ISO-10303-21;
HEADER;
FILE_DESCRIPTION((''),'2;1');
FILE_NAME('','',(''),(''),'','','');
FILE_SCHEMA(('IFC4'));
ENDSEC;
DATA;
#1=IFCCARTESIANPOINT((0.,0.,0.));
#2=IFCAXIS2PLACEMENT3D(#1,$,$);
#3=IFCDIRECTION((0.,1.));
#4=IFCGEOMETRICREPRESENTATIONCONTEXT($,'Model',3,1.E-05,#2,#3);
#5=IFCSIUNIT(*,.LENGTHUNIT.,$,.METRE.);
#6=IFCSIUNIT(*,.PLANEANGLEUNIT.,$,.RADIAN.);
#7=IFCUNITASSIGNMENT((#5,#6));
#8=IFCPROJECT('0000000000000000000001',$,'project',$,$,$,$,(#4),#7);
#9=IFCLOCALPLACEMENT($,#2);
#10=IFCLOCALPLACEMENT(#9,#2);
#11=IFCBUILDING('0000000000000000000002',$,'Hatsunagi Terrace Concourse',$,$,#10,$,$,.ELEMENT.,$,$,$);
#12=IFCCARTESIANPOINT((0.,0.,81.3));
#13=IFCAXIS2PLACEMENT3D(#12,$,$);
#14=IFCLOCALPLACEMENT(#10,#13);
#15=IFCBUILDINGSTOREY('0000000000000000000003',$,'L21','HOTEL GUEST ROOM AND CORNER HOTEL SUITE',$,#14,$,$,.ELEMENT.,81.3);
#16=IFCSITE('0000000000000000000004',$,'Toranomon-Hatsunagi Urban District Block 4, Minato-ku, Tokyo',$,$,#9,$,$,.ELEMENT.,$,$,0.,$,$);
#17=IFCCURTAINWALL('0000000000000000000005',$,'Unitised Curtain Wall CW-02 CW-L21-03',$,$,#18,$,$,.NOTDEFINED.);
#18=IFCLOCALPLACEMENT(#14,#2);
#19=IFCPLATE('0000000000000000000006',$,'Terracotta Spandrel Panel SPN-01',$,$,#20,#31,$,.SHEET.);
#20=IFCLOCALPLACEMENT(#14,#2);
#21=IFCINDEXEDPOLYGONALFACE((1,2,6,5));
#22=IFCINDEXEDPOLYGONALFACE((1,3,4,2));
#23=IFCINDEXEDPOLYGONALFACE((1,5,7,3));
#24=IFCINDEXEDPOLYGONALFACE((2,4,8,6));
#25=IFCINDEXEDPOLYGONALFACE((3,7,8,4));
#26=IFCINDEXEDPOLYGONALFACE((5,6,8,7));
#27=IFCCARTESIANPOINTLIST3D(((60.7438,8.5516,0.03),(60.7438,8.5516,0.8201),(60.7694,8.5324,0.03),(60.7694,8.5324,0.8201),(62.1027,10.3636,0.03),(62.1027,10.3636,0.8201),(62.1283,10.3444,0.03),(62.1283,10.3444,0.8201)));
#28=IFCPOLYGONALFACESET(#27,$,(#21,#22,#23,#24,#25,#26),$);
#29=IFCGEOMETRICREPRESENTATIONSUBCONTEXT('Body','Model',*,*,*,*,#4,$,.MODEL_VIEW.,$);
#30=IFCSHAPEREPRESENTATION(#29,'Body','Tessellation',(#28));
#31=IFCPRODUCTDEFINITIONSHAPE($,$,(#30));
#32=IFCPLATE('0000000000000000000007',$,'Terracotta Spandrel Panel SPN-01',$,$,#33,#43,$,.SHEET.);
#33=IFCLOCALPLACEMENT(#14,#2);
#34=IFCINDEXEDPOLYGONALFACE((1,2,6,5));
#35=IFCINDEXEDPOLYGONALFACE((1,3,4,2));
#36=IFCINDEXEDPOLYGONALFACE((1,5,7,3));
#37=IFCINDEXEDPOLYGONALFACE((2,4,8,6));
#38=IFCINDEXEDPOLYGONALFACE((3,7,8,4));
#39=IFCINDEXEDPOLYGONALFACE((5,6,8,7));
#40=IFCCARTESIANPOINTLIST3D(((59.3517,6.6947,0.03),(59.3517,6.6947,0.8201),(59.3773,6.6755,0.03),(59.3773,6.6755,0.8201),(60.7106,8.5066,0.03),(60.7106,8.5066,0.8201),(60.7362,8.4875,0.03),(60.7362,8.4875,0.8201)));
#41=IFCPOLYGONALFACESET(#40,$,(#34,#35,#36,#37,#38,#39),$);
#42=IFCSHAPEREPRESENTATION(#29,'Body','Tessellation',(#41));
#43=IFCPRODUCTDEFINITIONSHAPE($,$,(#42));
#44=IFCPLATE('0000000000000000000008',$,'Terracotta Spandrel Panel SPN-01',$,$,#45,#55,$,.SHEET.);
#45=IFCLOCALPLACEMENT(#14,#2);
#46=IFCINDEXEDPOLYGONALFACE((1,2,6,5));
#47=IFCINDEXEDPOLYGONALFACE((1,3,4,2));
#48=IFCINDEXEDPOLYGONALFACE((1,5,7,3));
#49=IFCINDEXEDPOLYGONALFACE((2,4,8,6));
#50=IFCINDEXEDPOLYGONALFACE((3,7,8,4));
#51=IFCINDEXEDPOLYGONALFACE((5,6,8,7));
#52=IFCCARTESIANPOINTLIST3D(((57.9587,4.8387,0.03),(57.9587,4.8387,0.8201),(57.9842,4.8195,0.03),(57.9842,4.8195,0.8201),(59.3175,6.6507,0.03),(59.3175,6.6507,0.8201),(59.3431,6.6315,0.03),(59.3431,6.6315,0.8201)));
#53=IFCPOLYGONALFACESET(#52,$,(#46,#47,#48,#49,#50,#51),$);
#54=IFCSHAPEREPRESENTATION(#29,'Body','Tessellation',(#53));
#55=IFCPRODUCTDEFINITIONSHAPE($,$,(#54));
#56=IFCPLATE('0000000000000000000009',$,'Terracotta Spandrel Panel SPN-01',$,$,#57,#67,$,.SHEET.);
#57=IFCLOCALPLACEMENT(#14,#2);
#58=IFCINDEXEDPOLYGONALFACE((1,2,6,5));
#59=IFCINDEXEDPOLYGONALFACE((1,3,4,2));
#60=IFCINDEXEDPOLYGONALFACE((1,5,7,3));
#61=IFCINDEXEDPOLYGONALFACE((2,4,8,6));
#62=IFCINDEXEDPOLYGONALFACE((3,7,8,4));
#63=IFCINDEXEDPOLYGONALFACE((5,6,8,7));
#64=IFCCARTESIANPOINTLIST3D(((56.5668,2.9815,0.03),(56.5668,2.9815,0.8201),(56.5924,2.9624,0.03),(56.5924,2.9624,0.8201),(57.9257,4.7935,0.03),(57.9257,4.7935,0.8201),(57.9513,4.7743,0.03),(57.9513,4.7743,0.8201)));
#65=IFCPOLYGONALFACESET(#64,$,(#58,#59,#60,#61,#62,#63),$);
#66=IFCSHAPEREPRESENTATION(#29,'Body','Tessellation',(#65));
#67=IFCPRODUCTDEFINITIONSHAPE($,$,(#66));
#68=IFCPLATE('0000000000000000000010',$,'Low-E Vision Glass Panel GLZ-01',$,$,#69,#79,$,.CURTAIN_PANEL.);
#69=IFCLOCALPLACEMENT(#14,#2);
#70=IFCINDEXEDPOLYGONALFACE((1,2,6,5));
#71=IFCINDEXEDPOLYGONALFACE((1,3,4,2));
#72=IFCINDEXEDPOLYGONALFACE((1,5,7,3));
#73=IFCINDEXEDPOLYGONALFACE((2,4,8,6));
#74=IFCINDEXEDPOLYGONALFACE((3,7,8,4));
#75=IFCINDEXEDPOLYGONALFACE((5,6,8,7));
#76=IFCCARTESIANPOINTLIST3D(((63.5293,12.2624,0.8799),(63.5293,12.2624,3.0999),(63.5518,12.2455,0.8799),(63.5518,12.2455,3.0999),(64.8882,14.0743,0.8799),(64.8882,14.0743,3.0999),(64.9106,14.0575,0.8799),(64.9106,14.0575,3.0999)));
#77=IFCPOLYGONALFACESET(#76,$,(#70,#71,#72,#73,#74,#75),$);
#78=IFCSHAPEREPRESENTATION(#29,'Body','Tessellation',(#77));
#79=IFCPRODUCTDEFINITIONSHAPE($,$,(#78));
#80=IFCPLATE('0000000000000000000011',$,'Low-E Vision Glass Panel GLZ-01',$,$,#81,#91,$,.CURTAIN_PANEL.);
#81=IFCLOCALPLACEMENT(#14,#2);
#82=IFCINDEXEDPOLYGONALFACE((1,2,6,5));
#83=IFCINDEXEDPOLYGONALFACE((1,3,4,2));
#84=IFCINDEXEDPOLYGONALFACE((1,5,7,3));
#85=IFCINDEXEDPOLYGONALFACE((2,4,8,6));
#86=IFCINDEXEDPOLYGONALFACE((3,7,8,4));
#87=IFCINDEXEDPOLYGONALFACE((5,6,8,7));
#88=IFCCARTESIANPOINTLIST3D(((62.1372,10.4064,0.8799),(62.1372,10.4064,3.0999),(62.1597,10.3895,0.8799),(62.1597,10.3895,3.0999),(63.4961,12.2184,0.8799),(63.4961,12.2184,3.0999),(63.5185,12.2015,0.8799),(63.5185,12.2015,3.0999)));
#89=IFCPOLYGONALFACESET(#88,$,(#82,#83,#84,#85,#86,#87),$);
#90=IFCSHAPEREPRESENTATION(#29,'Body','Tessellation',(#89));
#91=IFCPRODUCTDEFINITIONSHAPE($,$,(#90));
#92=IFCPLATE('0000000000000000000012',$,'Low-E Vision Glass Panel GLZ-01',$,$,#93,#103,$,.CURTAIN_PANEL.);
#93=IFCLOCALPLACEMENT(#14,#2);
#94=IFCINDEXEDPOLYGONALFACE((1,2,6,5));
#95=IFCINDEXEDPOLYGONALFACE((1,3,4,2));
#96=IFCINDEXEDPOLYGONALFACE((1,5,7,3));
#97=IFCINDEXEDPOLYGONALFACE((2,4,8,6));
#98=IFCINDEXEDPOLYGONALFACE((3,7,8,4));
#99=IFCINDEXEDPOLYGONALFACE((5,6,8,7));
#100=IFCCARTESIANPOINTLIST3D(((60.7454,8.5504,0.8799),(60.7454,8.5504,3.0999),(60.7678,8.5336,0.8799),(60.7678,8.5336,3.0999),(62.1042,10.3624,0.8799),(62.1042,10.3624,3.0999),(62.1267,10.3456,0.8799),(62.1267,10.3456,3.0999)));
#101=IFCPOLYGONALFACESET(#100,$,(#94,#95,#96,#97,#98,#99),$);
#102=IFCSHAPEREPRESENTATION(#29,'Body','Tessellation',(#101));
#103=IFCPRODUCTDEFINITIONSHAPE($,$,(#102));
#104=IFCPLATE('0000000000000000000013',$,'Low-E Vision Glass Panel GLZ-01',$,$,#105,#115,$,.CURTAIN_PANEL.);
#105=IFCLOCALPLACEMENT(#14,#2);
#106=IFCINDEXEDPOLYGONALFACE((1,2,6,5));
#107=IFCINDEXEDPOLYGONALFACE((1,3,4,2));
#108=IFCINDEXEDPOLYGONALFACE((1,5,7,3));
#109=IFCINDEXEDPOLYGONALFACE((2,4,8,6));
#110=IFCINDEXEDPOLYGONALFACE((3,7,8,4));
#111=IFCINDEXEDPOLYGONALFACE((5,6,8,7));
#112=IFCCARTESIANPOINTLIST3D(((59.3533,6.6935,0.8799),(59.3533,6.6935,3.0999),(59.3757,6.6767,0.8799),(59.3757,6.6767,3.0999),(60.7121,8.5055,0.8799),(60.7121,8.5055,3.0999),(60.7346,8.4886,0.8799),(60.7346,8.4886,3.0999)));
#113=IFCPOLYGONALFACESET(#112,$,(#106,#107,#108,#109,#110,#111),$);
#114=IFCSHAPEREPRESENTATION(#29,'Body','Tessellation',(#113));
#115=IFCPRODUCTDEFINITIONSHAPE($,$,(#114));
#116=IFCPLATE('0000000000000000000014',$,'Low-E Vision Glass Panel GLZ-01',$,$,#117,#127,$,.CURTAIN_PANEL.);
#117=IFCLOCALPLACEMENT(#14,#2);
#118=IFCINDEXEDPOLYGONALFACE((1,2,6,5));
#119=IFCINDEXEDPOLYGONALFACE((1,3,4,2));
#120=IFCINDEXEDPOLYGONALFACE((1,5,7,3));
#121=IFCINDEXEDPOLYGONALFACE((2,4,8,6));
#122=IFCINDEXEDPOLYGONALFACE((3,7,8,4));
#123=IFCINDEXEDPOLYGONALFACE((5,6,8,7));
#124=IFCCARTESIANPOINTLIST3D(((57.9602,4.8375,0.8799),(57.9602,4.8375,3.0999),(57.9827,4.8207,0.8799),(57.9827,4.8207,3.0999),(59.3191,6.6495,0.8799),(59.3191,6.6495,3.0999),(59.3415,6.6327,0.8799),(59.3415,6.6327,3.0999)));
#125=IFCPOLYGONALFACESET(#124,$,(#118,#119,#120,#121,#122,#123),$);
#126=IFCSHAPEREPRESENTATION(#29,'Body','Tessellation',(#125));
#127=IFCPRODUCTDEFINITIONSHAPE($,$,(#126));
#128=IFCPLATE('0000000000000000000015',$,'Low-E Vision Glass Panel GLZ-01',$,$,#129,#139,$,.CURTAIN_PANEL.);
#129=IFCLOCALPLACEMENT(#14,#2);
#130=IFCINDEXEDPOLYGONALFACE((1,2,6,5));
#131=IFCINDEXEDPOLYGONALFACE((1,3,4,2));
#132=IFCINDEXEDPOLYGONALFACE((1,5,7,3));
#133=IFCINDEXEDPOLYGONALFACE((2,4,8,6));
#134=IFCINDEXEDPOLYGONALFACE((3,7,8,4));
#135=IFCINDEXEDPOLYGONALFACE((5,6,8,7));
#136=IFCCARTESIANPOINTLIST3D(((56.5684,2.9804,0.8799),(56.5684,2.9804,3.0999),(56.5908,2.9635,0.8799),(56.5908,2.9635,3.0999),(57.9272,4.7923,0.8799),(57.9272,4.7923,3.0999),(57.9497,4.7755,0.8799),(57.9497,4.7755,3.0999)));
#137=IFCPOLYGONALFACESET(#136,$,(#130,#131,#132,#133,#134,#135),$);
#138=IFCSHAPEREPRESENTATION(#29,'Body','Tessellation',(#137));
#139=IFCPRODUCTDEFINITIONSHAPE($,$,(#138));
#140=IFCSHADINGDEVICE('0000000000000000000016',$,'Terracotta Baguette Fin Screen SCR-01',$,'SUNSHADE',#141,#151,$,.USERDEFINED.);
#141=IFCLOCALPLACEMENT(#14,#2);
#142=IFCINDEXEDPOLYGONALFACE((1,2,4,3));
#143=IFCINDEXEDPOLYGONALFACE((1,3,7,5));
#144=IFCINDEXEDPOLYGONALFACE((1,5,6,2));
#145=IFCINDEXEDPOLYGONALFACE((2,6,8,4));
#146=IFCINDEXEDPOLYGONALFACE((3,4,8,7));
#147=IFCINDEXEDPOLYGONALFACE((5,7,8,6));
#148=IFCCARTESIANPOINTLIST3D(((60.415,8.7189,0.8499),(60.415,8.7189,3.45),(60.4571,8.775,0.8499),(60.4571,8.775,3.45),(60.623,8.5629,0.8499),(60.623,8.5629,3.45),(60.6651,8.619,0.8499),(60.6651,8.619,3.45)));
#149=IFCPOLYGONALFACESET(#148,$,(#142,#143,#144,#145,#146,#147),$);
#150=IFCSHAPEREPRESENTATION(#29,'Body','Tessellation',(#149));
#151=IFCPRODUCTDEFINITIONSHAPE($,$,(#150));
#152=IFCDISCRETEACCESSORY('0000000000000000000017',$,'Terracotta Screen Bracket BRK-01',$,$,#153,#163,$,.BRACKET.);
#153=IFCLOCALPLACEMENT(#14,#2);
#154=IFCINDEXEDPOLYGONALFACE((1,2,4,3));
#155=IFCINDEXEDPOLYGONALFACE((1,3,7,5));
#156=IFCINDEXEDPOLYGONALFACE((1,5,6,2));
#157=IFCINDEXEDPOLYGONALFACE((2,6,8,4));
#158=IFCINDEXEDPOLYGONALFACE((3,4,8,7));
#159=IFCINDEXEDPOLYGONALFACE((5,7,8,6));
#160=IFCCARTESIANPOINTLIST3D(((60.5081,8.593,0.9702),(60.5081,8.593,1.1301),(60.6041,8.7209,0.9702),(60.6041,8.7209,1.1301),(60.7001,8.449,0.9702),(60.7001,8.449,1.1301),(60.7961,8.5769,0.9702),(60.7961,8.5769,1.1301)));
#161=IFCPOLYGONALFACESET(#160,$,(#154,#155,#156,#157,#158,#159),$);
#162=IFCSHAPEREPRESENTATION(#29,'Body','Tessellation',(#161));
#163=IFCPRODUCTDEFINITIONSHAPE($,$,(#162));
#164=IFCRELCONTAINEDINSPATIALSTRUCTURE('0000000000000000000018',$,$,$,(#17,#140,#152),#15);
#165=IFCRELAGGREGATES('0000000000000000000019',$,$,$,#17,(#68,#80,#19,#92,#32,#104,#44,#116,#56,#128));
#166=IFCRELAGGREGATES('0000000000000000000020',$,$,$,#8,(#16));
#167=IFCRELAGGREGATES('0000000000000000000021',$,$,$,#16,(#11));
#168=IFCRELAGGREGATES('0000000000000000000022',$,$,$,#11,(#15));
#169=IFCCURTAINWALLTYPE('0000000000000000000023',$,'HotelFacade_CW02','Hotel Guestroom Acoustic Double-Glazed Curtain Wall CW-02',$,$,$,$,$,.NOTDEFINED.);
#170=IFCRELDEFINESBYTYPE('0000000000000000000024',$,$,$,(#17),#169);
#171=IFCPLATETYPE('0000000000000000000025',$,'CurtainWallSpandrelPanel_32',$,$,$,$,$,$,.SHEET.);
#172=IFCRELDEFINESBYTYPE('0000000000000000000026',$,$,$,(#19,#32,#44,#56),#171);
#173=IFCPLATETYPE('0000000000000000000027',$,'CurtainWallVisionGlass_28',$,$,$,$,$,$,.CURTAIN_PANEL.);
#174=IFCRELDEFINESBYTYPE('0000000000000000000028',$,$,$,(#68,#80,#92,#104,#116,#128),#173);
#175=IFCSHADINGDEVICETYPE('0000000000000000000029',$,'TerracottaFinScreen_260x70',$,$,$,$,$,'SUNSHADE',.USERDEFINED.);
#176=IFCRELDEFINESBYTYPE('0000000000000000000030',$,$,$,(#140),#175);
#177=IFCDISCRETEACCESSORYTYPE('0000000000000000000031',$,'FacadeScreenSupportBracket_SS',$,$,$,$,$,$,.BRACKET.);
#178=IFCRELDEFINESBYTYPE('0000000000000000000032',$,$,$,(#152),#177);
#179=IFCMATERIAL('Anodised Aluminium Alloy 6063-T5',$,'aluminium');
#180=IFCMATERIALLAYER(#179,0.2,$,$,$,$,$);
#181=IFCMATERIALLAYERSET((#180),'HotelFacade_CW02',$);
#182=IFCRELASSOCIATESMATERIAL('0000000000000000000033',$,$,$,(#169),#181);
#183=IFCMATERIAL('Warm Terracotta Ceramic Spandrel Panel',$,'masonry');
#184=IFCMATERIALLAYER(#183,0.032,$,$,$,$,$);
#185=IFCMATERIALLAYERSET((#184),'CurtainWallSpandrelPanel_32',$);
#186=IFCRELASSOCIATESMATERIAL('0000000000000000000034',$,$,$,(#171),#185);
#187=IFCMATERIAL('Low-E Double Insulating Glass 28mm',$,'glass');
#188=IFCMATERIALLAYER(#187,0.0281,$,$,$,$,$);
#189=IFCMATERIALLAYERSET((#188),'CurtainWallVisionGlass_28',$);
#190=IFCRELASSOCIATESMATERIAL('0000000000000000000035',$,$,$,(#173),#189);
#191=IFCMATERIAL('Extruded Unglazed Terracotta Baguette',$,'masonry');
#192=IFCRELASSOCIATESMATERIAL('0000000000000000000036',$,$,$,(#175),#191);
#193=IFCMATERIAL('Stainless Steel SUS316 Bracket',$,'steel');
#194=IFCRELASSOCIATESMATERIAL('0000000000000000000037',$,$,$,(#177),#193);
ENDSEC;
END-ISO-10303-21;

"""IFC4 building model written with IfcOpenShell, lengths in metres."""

from ifc_helpers import new_model, si_unit, direction, frame, origin, origin_2d, place, context, subcontext, project, spatial, rectangle, extrude, material, layer, layer_set, type_object, element, aggregate, save


model = new_model("IFC4")

# Units and contexts
model_context = context("Model", 3, precision=1e-05, world=origin(), true_north=direction((0.0, 1.0)))
body_context = subcontext(model_context, "Body", "Model", "MODEL_VIEW")
ifc_project = project(units=[si_unit("LENGTHUNIT", "METRE"), si_unit("PLANEANGLEUNIT", "RADIAN")], contexts=[model_context])

# Site, building, storey
site_placement = place(None, origin())
site = spatial("IfcSite", under=ifc_project, at=site_placement, Name="Toranomon-Hatsunagi Urban District Block 4, Minato-ku, Tokyo", CompositionType="ELEMENT", RefElevation=0.0)
building_placement = place(site_placement, origin())
building = spatial("IfcBuilding", under=site, at=building_placement, Name="Hatsunagi Terrace Concourse", CompositionType="ELEMENT")
storey_placement = place(building_placement, frame((0.0, 0.0, 81.3)))
storey = spatial("IfcBuildingStorey", under=building, at=storey_placement, Name="L21", Description="HOTEL GUEST ROOM AND CORNER HOTEL SUITE", CompositionType="ELEMENT", Elevation=81.3)

# Curtain wall
ifc_material_1 = material(Name="Anodised Aluminium Alloy 6063-T5", Category="aluminium")
ifc_layer_1 = layer(ifc_material_1, 0.2)
ifc_layer_set_1 = layer_set([ifc_layer_1], Name="HotelFacade_CW02")
curtain_wall_type = type_object("IfcCurtainWallType", Name="HotelFacade_CW02", Description="Hotel Guestroom Acoustic Double-Glazed Curtain Wall CW-02", PredefinedType="NOTDEFINED", material=ifc_layer_set_1)
curtain_wall_placement = place(storey_placement, origin())
curtain_wall = element("IfcCurtainWall", 1, at=curtain_wall_placement, inside=storey, type_object=curtain_wall_type, Name="Unitised Curtain Wall CW-02 CW-L21-03", PredefinedType="NOTDEFINED")

# Plates
ifc_material_2 = material(Name="Warm Terracotta Ceramic Spandrel Panel", Category="masonry")
ifc_layer_2 = layer(ifc_material_2, 0.032)
ifc_layer_set_2 = layer_set([ifc_layer_2], Name="CurtainWallSpandrelPanel_32")
plate_type_1 = type_object("IfcPlateType", Name="CurtainWallSpandrelPanel_32", PredefinedType="SHEET", material=ifc_layer_set_2)
plate_1_placement = place(storey_placement, frame((61.436, 9.448, 0.03), z_axis=(0.0, 0.0, 1.0), x_axis=(-0.599969, -0.800023, 0.0)))
plate_1 = element("IfcPlate", 2, at=plate_1_placement, type_object=plate_type_1, Name="Terracotta Spandrel Panel SPN-01", PredefinedType="SHEET", context=body_context, shape_type="SweptSolid", body=[
    extrude(rectangle(XDim=2.2649, YDim=0.032, at=origin_2d()), origin(), (0.0, 0.0, 1.0), 0.79),
])
plate_2_placement = place(storey_placement, frame((60.0439, 7.5911, 0.03), z_axis=(0.0, 0.0, 1.0), x_axis=(-0.599969, -0.800023, 0.0)))
plate_2 = element("IfcPlate", 3, at=plate_2_placement, type_object=plate_type_1, Name="Terracotta Spandrel Panel SPN-01", PredefinedType="SHEET", context=body_context, shape_type="SweptSolid", body=[
    extrude(rectangle(XDim=2.2649, YDim=0.032, at=origin_2d()), origin(), (0.0, 0.0, 1.0), 0.79),
])
plate_3_placement = place(storey_placement, frame((58.6509, 5.7351, 0.03), z_axis=(0.0, 0.0, 1.0), x_axis=(-0.599969, -0.800023, 0.0)))
plate_3 = element("IfcPlate", 4, at=plate_3_placement, type_object=plate_type_1, Name="Terracotta Spandrel Panel SPN-01", PredefinedType="SHEET", context=body_context, shape_type="SweptSolid", body=[
    extrude(rectangle(XDim=2.2649, YDim=0.032, at=origin_2d()), origin(), (0.0, 0.0, 1.0), 0.79),
])
plate_4_placement = place(storey_placement, frame((57.259, 3.8779, 0.03), z_axis=(0.0, 0.0, 1.0), x_axis=(-0.599969, -0.800023, 0.0)))
plate_4 = element("IfcPlate", 5, at=plate_4_placement, type_object=plate_type_1, Name="Terracotta Spandrel Panel SPN-01", PredefinedType="SHEET", context=body_context, shape_type="SweptSolid", body=[
    extrude(rectangle(XDim=2.2649, YDim=0.032, at=origin_2d()), origin(), (0.0, 0.0, 1.0), 0.79),
])
ifc_material_3 = material(Name="Low-E Double Insulating Glass 28mm", Category="glass")
ifc_layer_3 = layer(ifc_material_3, 0.0281)
ifc_layer_set_3 = layer_set([ifc_layer_3], Name="CurtainWallVisionGlass_28")
plate_type_2 = type_object("IfcPlateType", Name="CurtainWallVisionGlass_28", PredefinedType="CURTAIN_PANEL", material=ifc_layer_set_3)
plate_5_placement = place(storey_placement, frame((64.22, 13.1599, 0.8799), z_axis=(0.0, 0.0, 1.0), x_axis=(-0.599969, -0.800023, 0.0)))
plate_5 = element("IfcPlate", 6, at=plate_5_placement, type_object=plate_type_2, Name="Low-E Vision Glass Panel GLZ-01", PredefinedType="CURTAIN_PANEL", context=body_context, shape_type="SweptSolid", body=[
    extrude(rectangle(XDim=2.2649, YDim=0.0281, at=origin_2d()), origin(), (0.0, 0.0, 1.0), 2.22),
])
plate_6_placement = place(storey_placement, frame((62.8279, 11.304, 0.8799), z_axis=(0.0, 0.0, 1.0), x_axis=(-0.599969, -0.800023, 0.0)))
plate_6 = element("IfcPlate", 7, at=plate_6_placement, type_object=plate_type_2, Name="Low-E Vision Glass Panel GLZ-01", PredefinedType="CURTAIN_PANEL", context=body_context, shape_type="SweptSolid", body=[
    extrude(rectangle(XDim=2.2649, YDim=0.0281, at=origin_2d()), origin(), (0.0, 0.0, 1.0), 2.22),
])
plate_7_placement = place(storey_placement, frame((61.436, 9.448, 0.8799), z_axis=(0.0, 0.0, 1.0), x_axis=(-0.599969, -0.800023, 0.0)))
plate_7 = element("IfcPlate", 8, at=plate_7_placement, type_object=plate_type_2, Name="Low-E Vision Glass Panel GLZ-01", PredefinedType="CURTAIN_PANEL", context=body_context, shape_type="SweptSolid", body=[
    extrude(rectangle(XDim=2.2649, YDim=0.0281, at=origin_2d()), origin(), (0.0, 0.0, 1.0), 2.22),
])
plate_8_placement = place(storey_placement, frame((60.0439, 7.5911, 0.8799), z_axis=(0.0, 0.0, 1.0), x_axis=(-0.599969, -0.800023, 0.0)))
plate_8 = element("IfcPlate", 9, at=plate_8_placement, type_object=plate_type_2, Name="Low-E Vision Glass Panel GLZ-01", PredefinedType="CURTAIN_PANEL", context=body_context, shape_type="SweptSolid", body=[
    extrude(rectangle(XDim=2.2649, YDim=0.0281, at=origin_2d()), origin(), (0.0, 0.0, 1.0), 2.22),
])
plate_9_placement = place(storey_placement, frame((58.6509, 5.7351, 0.8799), z_axis=(0.0, 0.0, 1.0), x_axis=(-0.599969, -0.800023, 0.0)))
plate_9 = element("IfcPlate", 10, at=plate_9_placement, type_object=plate_type_2, Name="Low-E Vision Glass Panel GLZ-01", PredefinedType="CURTAIN_PANEL", context=body_context, shape_type="SweptSolid", body=[
    extrude(rectangle(XDim=2.2649, YDim=0.0281, at=origin_2d()), origin(), (0.0, 0.0, 1.0), 2.22),
])
plate_10_placement = place(storey_placement, frame((57.259, 3.8779, 0.8799), z_axis=(0.0, 0.0, 1.0), x_axis=(-0.599969, -0.800023, 0.0)))
plate_10 = element("IfcPlate", 11, at=plate_10_placement, type_object=plate_type_2, Name="Low-E Vision Glass Panel GLZ-01", PredefinedType="CURTAIN_PANEL", context=body_context, shape_type="SweptSolid", body=[
    extrude(rectangle(XDim=2.2649, YDim=0.0281, at=origin_2d()), origin(), (0.0, 0.0, 1.0), 2.22),
])
aggregate(curtain_wall, [plate_5, plate_6, plate_1, plate_7, plate_2, plate_8, plate_3, plate_9, plate_4, plate_10])

# Shading device
ifc_material_4 = material(Name="Extruded Unglazed Terracotta Baguette", Category="masonry")
shading_device_type = type_object("IfcShadingDeviceType", Name="TerracottaFinScreen_260x70", ElementType="SUNSHADE", PredefinedType="USERDEFINED", material=ifc_material_4)
shading_device_placement = place(storey_placement, frame((60.54, 8.6689, 0.8499), z_axis=(0.0, 0.0, 1.0), x_axis=(-0.599969, -0.800023, 0.0)))
element("IfcShadingDevice", 12, at=shading_device_placement, inside=storey, type_object=shading_device_type, Name="Terracotta Baguette Fin Screen SCR-01", ObjectType="SUNSHADE", PredefinedType="USERDEFINED", context=body_context, shape_type="SweptSolid", body=[
    extrude(rectangle(XDim=0.0701, YDim=0.26, at=origin_2d()), origin(), (0.0, 0.0, 1.0), 2.6001),
])

# Discrete accessory
ifc_material_5 = material(Name="Stainless Steel SUS316 Bracket", Category="steel")
discrete_accessory_type = type_object("IfcDiscreteAccessoryType", Name="FacadeScreenSupportBracket_SS", PredefinedType="BRACKET", material=ifc_material_5)
discrete_accessory_placement = place(storey_placement, frame((60.6521, 8.585, 0.9702), z_axis=(0.0, 0.0, 1.0), x_axis=(-0.599969, -0.800023, 0.0)))
element("IfcDiscreteAccessory", 13, at=discrete_accessory_placement, inside=storey, type_object=discrete_accessory_type, Name="Terracotta Screen Bracket BRK-01", PredefinedType="BRACKET", context=body_context, shape_type="SweptSolid", body=[
    extrude(rectangle(XDim=0.1599, YDim=0.24, at=origin_2d()), origin(), (0.0, 0.0, 1.0), 0.1599),
])

save(model, "model.ifc")
